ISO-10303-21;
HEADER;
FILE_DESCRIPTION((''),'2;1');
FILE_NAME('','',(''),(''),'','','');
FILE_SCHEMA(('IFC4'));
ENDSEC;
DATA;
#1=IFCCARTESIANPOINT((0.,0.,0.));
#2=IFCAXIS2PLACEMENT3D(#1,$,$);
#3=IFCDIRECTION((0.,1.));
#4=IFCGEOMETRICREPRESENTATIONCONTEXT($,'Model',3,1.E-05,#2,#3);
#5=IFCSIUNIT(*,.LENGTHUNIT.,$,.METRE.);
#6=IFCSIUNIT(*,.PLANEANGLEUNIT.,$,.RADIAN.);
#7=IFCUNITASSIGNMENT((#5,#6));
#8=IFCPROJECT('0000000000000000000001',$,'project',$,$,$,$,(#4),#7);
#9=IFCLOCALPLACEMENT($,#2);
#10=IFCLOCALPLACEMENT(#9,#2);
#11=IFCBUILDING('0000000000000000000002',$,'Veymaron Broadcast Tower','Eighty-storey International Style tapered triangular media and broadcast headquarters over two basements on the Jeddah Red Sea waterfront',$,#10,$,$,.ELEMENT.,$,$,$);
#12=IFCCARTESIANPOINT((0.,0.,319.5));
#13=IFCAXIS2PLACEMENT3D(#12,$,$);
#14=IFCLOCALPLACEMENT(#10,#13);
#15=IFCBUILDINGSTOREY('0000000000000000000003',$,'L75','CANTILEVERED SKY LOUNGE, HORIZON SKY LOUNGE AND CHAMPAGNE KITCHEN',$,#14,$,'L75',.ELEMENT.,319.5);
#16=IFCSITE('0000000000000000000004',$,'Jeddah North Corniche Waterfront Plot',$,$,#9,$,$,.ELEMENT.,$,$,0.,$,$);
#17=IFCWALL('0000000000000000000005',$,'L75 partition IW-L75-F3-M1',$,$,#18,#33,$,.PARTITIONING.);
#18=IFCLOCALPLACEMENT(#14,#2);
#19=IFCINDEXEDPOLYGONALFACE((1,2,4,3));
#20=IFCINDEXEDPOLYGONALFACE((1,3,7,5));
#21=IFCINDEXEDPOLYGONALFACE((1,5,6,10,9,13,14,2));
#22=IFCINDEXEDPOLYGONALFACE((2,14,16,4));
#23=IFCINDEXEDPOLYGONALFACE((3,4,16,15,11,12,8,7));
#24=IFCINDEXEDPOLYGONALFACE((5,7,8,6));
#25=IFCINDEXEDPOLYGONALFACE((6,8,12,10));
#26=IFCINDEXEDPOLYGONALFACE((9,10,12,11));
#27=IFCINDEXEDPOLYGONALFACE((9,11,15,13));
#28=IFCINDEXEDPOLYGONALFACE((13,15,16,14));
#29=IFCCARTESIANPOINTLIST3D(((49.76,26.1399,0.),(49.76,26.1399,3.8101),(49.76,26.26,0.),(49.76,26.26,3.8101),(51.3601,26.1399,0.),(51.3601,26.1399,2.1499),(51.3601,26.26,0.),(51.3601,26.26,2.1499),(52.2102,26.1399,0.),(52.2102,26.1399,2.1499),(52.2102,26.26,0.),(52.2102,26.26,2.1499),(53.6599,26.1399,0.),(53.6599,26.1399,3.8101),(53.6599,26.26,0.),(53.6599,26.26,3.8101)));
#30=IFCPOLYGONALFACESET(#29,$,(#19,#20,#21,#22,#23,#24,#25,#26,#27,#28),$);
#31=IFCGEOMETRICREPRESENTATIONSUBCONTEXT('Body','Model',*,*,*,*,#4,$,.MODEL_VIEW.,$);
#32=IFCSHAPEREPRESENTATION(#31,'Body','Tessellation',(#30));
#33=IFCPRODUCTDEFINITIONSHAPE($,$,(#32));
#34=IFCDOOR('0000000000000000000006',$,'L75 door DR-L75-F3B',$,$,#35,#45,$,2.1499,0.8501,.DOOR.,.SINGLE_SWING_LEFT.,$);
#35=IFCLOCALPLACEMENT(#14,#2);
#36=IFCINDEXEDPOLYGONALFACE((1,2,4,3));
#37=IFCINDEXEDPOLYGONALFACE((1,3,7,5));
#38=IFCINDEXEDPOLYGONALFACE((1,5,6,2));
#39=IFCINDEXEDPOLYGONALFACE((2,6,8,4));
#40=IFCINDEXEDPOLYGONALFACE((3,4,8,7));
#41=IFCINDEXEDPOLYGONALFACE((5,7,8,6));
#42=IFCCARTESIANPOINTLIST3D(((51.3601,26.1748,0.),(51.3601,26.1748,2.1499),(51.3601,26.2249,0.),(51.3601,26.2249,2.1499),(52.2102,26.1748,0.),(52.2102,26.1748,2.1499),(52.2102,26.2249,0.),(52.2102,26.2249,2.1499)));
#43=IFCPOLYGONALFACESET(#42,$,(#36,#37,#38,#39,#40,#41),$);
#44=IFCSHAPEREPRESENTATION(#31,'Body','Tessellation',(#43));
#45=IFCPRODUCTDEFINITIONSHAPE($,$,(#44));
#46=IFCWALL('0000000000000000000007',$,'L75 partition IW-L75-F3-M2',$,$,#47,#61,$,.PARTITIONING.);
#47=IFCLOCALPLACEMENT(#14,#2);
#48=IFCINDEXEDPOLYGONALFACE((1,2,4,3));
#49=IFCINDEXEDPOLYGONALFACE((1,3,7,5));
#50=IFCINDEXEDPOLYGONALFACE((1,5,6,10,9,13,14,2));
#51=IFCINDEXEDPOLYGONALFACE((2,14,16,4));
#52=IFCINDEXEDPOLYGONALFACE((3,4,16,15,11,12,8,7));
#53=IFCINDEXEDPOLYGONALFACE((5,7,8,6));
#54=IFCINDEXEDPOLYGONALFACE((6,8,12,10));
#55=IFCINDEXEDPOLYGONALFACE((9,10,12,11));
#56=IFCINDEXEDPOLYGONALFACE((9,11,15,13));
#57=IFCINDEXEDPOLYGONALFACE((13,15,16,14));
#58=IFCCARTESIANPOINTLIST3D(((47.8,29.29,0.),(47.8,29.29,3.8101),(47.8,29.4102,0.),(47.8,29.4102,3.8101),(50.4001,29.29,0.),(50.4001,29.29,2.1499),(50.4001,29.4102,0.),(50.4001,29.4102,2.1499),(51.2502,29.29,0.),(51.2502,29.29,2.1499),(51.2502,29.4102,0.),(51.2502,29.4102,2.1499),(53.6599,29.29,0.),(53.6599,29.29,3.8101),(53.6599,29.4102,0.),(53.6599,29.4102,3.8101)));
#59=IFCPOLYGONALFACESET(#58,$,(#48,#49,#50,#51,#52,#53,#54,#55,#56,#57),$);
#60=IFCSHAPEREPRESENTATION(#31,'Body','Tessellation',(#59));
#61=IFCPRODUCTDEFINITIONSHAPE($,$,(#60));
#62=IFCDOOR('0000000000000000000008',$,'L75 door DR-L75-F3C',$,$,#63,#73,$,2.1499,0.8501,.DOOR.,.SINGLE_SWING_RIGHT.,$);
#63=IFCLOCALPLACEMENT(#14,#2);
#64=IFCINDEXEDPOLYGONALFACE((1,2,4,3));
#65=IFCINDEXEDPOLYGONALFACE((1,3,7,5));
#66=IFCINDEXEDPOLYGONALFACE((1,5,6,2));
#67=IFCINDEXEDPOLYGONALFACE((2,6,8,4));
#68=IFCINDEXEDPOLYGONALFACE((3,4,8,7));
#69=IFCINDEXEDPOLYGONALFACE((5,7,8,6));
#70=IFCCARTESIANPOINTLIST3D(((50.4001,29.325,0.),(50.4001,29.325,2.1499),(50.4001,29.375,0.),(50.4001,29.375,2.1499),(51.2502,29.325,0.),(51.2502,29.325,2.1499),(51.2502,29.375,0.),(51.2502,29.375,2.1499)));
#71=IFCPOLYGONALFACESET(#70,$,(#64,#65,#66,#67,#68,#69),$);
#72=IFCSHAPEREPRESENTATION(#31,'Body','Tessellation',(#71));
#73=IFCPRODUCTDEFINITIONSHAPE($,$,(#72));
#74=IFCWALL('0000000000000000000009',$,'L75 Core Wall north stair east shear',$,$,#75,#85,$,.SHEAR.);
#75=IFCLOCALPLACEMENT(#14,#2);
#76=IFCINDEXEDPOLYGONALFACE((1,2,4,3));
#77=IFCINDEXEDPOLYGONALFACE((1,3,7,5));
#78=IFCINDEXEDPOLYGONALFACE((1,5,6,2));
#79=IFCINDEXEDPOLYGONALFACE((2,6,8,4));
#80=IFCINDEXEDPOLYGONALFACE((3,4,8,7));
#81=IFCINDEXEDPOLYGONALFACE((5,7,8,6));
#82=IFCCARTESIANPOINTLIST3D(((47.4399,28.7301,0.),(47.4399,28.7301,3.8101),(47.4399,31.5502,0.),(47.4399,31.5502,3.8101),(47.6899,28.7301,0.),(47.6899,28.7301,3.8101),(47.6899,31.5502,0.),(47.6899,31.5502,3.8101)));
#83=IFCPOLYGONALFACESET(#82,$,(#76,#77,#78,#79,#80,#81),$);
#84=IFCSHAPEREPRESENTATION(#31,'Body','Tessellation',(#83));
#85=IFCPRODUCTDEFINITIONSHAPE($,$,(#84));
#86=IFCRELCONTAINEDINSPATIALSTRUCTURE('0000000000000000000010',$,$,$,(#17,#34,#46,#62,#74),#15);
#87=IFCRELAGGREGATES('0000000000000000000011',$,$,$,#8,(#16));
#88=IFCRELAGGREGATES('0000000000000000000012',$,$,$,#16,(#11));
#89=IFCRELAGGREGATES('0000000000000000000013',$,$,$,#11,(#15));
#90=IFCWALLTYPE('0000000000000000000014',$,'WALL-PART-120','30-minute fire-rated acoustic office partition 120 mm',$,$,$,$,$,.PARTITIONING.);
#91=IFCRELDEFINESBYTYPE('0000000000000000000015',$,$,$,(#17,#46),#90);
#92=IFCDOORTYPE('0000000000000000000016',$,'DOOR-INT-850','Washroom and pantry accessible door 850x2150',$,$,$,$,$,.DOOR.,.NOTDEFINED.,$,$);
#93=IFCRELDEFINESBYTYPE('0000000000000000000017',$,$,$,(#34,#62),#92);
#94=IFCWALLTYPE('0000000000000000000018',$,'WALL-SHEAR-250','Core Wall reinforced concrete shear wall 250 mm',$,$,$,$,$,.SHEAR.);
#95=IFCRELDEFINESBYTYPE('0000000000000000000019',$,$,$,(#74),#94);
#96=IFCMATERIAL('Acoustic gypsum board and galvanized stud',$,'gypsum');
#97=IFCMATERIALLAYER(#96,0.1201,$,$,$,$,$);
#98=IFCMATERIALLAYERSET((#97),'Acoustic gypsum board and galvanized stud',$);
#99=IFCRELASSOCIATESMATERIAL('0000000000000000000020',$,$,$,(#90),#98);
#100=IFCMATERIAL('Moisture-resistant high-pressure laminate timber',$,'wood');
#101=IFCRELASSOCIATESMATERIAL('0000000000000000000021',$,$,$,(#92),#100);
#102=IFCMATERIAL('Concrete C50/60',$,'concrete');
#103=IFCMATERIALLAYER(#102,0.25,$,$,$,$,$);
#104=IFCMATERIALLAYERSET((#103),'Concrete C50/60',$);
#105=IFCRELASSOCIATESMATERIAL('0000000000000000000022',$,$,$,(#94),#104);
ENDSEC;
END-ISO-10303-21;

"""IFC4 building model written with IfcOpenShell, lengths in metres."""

from ifc_helpers import new_model, si_unit, direction, frame, frame_2d, origin, place, context, subcontext, project, spatial, rectangle, extrude, material, layer, layer_set, type_object, element, fill, save


model = new_model("IFC4")

# Units and contexts
model_context = context("Model", 3, precision=1e-05, world=origin(), true_north=direction((0.0, 1.0)))
body_context = subcontext(model_context, "Body", "Model", "MODEL_VIEW")
ifc_project = project(units=[si_unit("LENGTHUNIT", "METRE"), si_unit("PLANEANGLEUNIT", "RADIAN")], contexts=[model_context])

# Site, building, storey
site_placement = place(None, origin())
site = spatial("IfcSite", under=ifc_project, at=site_placement, Name="Jeddah North Corniche Waterfront Plot", CompositionType="ELEMENT", RefElevation=0.0)
building_placement = place(site_placement, origin())
building = spatial("IfcBuilding", under=site, at=building_placement, Name="Veymaron Broadcast Tower", Description="Eighty-storey International Style tapered triangular media and broadcast headquarters over two basements on the Jeddah Red Sea waterfront", CompositionType="ELEMENT")
storey_placement = place(building_placement, frame((0.0, 0.0, 319.5)))
storey = spatial("IfcBuildingStorey", under=building, at=storey_placement, Name="L75", Description="CANTILEVERED SKY LOUNGE, HORIZON SKY LOUNGE AND CHAMPAGNE KITCHEN", LongName="L75", CompositionType="ELEMENT", Elevation=319.5)

# Walls, openings, doors
ifc_material_1 = material(Name="Acoustic gypsum board and galvanized stud", Category="gypsum")
ifc_layer_1 = layer(ifc_material_1, 0.1201)
ifc_layer_set_1 = layer_set([ifc_layer_1], Name="Acoustic gypsum board and galvanized stud")
wall_type_1 = type_object("IfcWallType", Name="WALL-PART-120", Description="30-minute fire-rated acoustic office partition 120 mm", PredefinedType="PARTITIONING", material=ifc_layer_set_1)
wall_1_placement = place(storey_placement, frame((49.76, 26.2, 0.0), z_axis=(0.0, 0.0, 1.0), x_axis=(1.0, 0.0, 0.0)))
wall_1 = element("IfcWall", 1, at=wall_1_placement, inside=storey, type_object=wall_type_1, Name="L75 partition IW-L75-F3-M1", PredefinedType="PARTITIONING", context=body_context, shape_type="SweptSolid", body=[
    extrude(rectangle(XDim=3.8999, YDim=0.1201, at=frame_2d((1.95, 0.0))), origin(), (0.0, 0.0, 1.0), 3.8101),
])
opening_1_placement = place(wall_1_placement, frame((1.6001, 0.0, 0.0)))
opening_1 = element("IfcOpeningElement", 2, at=opening_1_placement, cuts=wall_1, PredefinedType="OPENING", context=body_context, shape_type="SweptSolid", body=[
    extrude(rectangle(XDim=0.8501, YDim=2.1499, at=frame_2d((0.425, 1.075))), frame((0.0, 0.0701, 0.0), z_axis=(0.0, -1.0, 0.0), x_axis=(1.0, 0.0, 0.0)), (0.0, 0.0, 1.0), 0.1401),
])
ifc_material_2 = material(Name="Moisture-resistant high-pressure laminate timber", Category="wood")
door_type_1 = type_object("IfcDoorType", Name="DOOR-INT-850", Description="Washroom and pantry accessible door 850x2150", OperationType="NOTDEFINED", PredefinedType="DOOR", material=ifc_material_2)
door_1_placement = place(opening_1_placement, origin())
door_1 = element("IfcDoor", 3, at=door_1_placement, inside=storey, type_object=door_type_1, Name="L75 door DR-L75-F3B", OperationType="SINGLE_SWING_LEFT", OverallHeight=2.1499, OverallWidth=0.8501, PredefinedType="DOOR", context=body_context, shape_type="SweptSolid", body=[
    extrude(rectangle(XDim=0.8501, YDim=2.1499, at=frame_2d((0.425, 1.075))), frame((0.0, 0.0249, 0.0), z_axis=(0.0, -1.0, 0.0), x_axis=(1.0, 0.0, 0.0)), (0.0, 0.0, 1.0), 0.05),
])
fill(opening_1, door_1)
wall_2_placement = place(storey_placement, frame((47.8, 29.3501, 0.0), z_axis=(0.0, 0.0, 1.0), x_axis=(1.0, 0.0, 0.0)))
wall_2 = element("IfcWall", 4, at=wall_2_placement, inside=storey, type_object=wall_type_1, Name="L75 partition IW-L75-F3-M2", PredefinedType="PARTITIONING", context=body_context, shape_type="SweptSolid", body=[
    extrude(rectangle(XDim=5.8599, YDim=0.1201, at=frame_2d((2.9299, 0.0))), origin(), (0.0, 0.0, 1.0), 3.8101),
])
opening_2_placement = place(wall_2_placement, frame((2.6001, 0.0, 0.0)))
opening_2 = element("IfcOpeningElement", 5, at=opening_2_placement, cuts=wall_2, PredefinedType="OPENING", context=body_context, shape_type="SweptSolid", body=[
    extrude(rectangle(XDim=0.8501, YDim=2.1499, at=frame_2d((0.425, 1.075))), frame((0.0, 0.0701, 0.0), z_axis=(0.0, -1.0, 0.0), x_axis=(1.0, 0.0, 0.0)), (0.0, 0.0, 1.0), 0.1401),
])
door_2_placement = place(opening_2_placement, origin())
door_2 = element("IfcDoor", 6, at=door_2_placement, inside=storey, type_object=door_type_1, Name="L75 door DR-L75-F3C", OperationType="SINGLE_SWING_RIGHT", OverallHeight=2.1499, OverallWidth=0.8501, PredefinedType="DOOR", context=body_context, shape_type="SweptSolid", body=[
    extrude(rectangle(XDim=0.8501, YDim=2.1499, at=frame_2d((0.425, 1.075))), frame((0.0, 0.0249, 0.0), z_axis=(0.0, -1.0, 0.0), x_axis=(1.0, 0.0, 0.0)), (0.0, 0.0, 1.0), 0.05),
])
fill(opening_2, door_2)

# Wall
ifc_material_3 = material(Name="Concrete C50/60", Category="concrete")
ifc_layer_2 = layer(ifc_material_3, 0.25)
ifc_layer_set_2 = layer_set([ifc_layer_2], Name="Concrete C50/60")
wall_type_2 = type_object("IfcWallType", Name="WALL-SHEAR-250", Description="Core Wall reinforced concrete shear wall 250 mm", PredefinedType="SHEAR", material=ifc_layer_set_2)
wall_3_placement = place(storey_placement, frame((47.5649, 28.73, 0.0), z_axis=(0.0, 0.0, 1.0), x_axis=(0.0, 1.0, 0.0)))
element("IfcWall", 7, at=wall_3_placement, inside=storey, type_object=wall_type_2, Name="L75 Core Wall north stair east shear", PredefinedType="SHEAR", context=body_context, shape_type="SweptSolid", body=[
    extrude(rectangle(XDim=2.8201, YDim=0.25, at=frame_2d((1.4102, 0.0))), origin(), (0.0, 0.0, 1.0), 3.8101),
])

save(model, "model.ifc")
